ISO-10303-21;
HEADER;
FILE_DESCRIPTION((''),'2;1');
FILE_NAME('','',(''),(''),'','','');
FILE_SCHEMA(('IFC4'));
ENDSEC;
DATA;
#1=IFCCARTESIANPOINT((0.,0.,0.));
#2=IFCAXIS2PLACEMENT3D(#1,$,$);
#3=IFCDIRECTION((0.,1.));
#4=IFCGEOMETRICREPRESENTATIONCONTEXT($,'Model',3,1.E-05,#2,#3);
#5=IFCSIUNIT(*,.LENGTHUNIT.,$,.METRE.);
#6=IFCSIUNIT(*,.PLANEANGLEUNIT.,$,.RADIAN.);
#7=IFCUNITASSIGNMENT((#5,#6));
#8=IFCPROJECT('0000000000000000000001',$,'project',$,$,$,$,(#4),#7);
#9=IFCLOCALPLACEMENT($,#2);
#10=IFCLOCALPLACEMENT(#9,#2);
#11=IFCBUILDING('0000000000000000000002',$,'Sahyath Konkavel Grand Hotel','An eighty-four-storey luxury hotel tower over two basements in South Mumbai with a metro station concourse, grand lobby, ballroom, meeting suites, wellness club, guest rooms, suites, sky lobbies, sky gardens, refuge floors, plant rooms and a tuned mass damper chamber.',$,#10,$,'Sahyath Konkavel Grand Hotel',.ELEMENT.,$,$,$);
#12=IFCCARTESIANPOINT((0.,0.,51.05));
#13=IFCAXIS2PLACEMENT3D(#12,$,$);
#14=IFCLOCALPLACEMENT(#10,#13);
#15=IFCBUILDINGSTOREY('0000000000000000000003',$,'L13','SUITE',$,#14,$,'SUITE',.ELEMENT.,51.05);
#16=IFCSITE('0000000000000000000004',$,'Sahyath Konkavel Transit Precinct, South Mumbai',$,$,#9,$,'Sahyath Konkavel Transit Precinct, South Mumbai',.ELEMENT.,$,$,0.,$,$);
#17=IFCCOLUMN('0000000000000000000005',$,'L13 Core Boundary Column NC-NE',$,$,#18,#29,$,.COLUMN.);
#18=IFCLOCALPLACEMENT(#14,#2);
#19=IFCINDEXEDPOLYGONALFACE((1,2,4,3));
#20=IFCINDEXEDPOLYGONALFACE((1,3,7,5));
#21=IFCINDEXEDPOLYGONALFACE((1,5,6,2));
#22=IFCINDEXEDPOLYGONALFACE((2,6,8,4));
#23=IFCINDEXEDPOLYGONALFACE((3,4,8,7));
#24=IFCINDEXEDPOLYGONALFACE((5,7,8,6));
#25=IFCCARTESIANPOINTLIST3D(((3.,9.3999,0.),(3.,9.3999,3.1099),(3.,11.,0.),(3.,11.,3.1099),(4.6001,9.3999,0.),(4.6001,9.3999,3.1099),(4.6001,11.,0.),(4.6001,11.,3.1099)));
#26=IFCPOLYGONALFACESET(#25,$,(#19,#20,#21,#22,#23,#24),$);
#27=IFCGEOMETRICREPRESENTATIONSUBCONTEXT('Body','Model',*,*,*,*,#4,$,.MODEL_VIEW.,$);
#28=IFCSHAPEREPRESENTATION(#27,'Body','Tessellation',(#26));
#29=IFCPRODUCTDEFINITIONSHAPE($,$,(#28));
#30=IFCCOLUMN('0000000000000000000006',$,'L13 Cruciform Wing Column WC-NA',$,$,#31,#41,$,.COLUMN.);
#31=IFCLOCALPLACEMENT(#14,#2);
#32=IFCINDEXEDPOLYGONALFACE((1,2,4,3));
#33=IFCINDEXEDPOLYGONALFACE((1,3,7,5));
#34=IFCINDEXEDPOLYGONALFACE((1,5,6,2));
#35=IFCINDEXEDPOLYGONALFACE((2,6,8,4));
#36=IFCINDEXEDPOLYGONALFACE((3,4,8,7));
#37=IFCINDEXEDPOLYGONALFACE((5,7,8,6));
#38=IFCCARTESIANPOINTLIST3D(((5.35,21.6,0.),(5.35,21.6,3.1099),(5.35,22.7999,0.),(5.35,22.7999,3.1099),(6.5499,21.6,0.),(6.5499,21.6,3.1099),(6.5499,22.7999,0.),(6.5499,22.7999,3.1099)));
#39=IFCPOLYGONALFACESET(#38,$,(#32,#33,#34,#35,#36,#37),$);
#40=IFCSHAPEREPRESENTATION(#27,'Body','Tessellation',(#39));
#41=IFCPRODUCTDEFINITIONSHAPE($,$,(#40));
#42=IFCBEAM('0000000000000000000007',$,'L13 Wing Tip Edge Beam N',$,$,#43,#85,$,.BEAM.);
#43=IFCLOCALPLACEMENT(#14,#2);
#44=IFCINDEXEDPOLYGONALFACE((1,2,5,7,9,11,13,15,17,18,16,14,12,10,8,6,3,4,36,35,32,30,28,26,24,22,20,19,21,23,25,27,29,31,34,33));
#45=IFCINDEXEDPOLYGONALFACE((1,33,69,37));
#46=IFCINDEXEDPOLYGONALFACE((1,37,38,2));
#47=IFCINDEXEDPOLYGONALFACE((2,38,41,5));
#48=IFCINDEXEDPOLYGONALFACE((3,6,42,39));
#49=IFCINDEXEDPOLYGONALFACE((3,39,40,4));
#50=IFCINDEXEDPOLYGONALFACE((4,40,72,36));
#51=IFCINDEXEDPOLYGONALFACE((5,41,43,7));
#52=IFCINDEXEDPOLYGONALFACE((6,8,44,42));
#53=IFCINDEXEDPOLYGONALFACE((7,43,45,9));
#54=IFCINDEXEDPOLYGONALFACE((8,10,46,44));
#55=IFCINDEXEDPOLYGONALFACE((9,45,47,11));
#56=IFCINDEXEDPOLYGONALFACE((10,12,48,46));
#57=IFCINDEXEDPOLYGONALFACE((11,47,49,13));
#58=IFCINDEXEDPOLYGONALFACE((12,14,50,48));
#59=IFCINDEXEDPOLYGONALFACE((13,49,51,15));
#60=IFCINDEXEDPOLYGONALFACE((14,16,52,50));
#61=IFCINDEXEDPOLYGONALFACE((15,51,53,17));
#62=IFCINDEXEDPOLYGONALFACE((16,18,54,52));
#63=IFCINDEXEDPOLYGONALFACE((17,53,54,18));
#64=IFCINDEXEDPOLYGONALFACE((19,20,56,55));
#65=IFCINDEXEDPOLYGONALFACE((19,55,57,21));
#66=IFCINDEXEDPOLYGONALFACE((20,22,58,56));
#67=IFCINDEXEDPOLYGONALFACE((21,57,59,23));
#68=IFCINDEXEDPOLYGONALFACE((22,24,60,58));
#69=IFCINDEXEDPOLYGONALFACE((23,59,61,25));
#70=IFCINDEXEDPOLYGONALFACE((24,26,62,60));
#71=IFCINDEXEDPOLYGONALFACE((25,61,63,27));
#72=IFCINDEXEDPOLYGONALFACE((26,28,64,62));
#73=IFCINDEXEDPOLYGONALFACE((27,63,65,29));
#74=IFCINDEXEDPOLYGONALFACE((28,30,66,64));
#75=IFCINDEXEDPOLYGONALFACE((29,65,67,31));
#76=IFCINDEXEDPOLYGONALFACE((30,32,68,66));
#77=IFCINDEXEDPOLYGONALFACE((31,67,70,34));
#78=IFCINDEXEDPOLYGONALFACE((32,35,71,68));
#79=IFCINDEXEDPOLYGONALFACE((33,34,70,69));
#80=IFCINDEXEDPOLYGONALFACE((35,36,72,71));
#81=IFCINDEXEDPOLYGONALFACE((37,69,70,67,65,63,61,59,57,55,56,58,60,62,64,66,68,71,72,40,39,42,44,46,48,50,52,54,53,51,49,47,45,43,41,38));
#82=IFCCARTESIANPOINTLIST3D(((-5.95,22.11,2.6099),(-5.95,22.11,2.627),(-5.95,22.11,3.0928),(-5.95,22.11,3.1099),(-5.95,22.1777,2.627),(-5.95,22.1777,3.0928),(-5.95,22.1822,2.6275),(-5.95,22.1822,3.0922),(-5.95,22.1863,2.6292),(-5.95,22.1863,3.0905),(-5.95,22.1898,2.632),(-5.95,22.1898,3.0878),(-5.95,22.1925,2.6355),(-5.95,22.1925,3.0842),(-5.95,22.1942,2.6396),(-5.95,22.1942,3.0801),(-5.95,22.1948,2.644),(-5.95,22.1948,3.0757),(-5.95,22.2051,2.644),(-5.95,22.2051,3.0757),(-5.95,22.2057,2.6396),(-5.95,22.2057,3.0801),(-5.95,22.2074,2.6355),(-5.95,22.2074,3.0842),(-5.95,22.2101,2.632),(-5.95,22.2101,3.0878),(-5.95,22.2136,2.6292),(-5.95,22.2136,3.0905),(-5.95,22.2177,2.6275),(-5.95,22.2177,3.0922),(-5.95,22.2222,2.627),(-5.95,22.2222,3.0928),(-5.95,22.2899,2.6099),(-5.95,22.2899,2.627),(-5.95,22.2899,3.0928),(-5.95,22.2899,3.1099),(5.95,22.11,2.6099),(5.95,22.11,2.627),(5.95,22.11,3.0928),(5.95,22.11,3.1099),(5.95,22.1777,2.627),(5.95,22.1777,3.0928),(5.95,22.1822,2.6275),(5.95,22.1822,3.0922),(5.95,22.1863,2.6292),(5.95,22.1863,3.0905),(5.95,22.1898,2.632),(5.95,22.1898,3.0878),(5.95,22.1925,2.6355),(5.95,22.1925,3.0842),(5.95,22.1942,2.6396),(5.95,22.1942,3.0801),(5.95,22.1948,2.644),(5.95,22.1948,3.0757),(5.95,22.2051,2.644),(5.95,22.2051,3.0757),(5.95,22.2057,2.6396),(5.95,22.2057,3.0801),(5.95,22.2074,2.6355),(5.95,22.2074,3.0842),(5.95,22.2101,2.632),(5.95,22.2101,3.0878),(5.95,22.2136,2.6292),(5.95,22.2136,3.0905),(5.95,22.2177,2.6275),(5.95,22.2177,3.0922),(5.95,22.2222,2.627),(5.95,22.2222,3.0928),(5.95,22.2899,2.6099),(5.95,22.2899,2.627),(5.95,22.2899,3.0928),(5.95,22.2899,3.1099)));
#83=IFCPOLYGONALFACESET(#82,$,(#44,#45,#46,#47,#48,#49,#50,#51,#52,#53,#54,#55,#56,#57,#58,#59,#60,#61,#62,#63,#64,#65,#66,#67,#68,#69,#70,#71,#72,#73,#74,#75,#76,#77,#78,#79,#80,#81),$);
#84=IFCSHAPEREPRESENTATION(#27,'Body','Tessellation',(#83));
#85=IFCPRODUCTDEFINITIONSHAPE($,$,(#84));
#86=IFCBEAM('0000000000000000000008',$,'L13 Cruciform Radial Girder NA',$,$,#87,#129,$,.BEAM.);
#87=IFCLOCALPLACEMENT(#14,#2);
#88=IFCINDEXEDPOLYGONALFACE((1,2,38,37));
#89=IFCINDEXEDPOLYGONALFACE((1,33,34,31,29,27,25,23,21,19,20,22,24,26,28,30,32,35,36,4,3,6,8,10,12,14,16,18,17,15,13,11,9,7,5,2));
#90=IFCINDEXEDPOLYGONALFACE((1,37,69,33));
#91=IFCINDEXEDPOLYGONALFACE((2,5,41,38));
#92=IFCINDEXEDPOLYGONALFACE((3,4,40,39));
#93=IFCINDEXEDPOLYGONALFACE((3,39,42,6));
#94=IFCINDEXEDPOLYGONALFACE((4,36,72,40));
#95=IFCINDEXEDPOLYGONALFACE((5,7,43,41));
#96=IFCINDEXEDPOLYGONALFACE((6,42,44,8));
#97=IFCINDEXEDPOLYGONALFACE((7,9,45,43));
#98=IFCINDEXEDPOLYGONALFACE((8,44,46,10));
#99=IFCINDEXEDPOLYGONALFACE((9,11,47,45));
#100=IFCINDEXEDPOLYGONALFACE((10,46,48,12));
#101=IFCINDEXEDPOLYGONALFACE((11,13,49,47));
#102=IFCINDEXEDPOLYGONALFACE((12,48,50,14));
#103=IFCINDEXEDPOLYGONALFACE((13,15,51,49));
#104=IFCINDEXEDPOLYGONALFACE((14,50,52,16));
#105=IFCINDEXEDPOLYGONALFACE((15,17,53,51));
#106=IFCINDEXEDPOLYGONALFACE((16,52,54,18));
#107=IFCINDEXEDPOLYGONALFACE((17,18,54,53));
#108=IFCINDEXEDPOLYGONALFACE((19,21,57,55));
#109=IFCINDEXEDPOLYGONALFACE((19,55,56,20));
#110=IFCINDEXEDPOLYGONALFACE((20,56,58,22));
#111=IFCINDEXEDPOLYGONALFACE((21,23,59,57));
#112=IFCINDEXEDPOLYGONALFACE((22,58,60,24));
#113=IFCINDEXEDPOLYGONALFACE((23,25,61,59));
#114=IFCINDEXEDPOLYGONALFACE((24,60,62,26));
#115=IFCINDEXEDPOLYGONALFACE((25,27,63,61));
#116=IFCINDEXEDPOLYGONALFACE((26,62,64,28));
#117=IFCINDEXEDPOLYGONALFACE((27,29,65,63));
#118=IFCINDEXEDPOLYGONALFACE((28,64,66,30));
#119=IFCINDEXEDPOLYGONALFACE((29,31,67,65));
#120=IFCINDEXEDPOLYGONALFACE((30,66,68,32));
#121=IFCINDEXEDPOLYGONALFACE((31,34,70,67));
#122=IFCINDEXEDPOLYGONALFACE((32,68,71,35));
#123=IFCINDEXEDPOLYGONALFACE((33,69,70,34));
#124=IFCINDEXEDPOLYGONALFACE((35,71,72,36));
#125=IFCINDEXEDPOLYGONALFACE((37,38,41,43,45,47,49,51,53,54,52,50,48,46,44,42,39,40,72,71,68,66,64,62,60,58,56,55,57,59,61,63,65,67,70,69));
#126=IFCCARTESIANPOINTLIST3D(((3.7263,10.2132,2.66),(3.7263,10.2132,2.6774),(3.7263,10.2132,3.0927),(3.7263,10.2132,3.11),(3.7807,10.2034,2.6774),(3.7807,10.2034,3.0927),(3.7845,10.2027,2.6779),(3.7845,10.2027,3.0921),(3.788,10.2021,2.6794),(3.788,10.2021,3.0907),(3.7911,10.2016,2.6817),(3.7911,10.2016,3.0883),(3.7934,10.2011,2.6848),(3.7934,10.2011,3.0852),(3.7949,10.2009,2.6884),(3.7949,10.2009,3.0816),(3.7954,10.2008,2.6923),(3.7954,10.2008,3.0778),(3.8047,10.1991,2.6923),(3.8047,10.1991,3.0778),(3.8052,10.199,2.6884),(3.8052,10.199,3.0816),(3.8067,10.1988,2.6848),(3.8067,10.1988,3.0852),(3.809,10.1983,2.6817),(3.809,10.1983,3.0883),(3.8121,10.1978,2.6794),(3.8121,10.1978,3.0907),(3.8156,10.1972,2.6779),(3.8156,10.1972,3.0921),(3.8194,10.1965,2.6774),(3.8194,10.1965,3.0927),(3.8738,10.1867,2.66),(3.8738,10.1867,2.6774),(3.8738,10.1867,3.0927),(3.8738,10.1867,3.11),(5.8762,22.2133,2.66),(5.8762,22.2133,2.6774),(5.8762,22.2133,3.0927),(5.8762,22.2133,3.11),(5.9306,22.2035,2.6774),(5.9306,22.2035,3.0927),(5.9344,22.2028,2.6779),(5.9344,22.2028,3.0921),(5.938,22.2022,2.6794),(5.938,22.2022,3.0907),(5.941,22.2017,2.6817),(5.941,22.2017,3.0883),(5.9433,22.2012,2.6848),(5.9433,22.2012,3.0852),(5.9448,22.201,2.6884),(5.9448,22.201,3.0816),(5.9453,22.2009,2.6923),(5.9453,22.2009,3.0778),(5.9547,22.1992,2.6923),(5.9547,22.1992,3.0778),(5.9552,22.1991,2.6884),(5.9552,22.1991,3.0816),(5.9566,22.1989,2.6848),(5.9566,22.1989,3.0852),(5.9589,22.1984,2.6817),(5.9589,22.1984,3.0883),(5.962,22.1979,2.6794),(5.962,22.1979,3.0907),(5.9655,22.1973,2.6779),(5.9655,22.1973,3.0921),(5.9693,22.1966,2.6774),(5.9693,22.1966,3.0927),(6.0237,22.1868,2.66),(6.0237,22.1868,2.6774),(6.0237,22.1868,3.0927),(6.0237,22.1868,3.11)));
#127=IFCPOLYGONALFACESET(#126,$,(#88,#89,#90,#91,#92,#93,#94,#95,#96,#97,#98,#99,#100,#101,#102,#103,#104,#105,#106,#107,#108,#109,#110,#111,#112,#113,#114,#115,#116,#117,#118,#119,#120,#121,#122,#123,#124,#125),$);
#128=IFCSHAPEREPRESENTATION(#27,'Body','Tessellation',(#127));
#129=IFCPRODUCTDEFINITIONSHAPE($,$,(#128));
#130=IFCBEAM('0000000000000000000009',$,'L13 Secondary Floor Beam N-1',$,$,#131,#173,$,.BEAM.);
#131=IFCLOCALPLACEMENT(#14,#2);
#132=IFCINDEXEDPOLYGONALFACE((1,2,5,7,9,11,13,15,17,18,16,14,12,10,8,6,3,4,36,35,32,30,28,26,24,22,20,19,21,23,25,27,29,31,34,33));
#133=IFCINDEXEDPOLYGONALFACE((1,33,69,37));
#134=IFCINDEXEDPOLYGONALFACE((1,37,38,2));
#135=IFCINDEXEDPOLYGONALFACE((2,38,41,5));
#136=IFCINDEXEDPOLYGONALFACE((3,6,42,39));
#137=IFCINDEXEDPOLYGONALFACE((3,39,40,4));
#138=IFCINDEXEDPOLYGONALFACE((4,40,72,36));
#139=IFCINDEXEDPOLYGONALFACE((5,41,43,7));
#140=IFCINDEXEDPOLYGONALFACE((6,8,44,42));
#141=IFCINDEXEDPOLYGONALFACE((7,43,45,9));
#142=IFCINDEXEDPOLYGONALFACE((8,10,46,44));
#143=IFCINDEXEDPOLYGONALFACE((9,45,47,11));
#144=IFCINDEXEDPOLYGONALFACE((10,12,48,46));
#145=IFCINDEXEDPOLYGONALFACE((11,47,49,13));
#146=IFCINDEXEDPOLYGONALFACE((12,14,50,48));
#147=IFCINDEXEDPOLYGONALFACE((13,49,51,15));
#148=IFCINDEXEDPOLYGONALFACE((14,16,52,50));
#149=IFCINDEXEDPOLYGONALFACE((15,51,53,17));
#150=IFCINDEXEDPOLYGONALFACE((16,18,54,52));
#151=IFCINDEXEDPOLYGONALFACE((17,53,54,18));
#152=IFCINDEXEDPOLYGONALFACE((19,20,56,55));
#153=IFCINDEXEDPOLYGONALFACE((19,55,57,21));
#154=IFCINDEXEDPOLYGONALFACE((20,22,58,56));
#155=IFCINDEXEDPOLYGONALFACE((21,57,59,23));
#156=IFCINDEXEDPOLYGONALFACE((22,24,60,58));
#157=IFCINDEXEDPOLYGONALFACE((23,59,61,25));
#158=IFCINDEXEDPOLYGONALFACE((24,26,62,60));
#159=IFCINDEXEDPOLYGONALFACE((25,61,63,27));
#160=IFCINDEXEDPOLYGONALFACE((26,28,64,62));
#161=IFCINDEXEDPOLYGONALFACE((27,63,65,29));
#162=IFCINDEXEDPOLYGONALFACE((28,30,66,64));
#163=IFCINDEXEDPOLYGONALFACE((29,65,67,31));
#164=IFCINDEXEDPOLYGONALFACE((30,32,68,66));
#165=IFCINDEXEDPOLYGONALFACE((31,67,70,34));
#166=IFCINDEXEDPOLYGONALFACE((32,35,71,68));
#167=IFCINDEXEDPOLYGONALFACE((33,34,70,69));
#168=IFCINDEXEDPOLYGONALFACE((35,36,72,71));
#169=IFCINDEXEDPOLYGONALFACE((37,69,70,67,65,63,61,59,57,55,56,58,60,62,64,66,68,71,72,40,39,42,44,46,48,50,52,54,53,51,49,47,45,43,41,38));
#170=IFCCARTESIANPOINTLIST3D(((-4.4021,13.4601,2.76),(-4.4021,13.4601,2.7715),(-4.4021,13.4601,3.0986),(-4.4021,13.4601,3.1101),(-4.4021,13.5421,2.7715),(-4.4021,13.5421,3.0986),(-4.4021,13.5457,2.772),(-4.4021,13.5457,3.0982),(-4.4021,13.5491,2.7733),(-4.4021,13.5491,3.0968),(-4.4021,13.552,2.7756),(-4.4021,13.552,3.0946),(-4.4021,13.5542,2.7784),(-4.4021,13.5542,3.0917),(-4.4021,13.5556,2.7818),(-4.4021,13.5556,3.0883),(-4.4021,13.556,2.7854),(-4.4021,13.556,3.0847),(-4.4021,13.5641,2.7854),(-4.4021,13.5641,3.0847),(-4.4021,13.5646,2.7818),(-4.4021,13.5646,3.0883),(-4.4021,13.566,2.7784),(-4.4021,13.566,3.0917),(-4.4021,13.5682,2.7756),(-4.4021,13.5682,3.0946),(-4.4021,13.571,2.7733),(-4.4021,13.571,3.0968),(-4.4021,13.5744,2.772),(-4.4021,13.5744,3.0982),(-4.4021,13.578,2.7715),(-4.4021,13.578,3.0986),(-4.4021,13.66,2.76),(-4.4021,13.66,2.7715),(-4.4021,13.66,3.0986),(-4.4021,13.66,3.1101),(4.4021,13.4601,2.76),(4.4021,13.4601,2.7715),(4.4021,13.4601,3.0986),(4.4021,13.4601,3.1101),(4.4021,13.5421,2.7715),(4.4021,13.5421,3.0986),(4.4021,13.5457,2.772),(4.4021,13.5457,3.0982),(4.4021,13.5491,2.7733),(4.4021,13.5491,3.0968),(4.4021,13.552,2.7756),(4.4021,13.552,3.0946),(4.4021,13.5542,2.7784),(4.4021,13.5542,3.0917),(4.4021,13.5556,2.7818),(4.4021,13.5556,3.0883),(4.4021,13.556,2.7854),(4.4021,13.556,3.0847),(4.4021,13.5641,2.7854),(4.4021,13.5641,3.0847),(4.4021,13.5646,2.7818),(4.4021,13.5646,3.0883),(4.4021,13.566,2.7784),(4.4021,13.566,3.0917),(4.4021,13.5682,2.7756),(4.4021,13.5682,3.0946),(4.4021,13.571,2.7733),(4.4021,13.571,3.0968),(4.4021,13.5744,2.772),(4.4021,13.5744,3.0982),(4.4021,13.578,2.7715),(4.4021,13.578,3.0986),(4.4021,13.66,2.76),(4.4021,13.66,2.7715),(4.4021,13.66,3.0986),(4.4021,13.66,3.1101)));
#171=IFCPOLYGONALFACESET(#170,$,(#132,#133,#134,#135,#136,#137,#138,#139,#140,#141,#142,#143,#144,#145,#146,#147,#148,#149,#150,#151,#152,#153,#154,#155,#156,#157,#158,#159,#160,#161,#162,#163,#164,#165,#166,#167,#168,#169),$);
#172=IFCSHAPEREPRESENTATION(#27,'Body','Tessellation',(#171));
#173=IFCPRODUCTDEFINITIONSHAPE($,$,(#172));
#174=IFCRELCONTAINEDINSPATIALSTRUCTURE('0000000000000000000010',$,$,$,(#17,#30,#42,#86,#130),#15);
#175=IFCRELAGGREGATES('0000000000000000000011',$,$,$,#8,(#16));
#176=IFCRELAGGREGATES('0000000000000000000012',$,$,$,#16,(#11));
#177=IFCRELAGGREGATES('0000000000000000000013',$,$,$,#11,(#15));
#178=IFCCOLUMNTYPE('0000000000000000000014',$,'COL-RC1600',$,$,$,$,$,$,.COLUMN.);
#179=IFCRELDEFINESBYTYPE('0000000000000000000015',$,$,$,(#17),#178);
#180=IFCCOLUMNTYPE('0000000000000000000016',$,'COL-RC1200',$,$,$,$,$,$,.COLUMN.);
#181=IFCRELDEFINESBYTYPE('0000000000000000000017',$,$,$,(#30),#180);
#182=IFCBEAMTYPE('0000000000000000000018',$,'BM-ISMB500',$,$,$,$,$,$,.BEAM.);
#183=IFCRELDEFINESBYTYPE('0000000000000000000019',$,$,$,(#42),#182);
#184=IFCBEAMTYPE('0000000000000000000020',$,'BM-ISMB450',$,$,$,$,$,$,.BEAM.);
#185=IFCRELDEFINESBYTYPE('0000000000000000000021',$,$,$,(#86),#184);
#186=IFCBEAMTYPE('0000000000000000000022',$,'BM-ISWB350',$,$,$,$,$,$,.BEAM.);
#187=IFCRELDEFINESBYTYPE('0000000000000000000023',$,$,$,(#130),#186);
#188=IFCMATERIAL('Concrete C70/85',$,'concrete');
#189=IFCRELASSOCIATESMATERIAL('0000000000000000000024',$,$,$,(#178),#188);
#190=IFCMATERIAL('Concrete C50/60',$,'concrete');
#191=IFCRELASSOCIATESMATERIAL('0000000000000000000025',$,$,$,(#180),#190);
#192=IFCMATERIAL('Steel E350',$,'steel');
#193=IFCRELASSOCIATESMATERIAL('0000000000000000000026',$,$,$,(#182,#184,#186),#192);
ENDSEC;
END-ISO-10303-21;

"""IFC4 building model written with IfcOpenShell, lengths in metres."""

from ifc_helpers import new_model, si_unit, direction, frame, origin, origin_2d, place, context, subcontext, project, spatial, rectangle, i_section, extrude, source, transform, mapped, material, material_profile, profile_set, type_object, element, save


model = new_model("IFC4")

# Units and contexts
model_context = context("Model", 3, precision=1e-05, world=origin(), true_north=direction((0.0, 1.0)))
body_context = subcontext(model_context, "Body", "Model", "MODEL_VIEW")
ifc_project = project(units=[si_unit("LENGTHUNIT", "METRE"), si_unit("PLANEANGLEUNIT", "RADIAN")], contexts=[model_context])

# Site, building, storey
site_placement = place(None, origin())
site = spatial("IfcSite", under=ifc_project, at=site_placement, Name="Sahyath Konkavel Transit Precinct, South Mumbai", LongName="Sahyath Konkavel Transit Precinct, South Mumbai", CompositionType="ELEMENT", RefElevation=0.0)
building_placement = place(site_placement, origin())
building = spatial("IfcBuilding", under=site, at=building_placement, Name="Sahyath Konkavel Grand Hotel", Description="An eighty-four-storey luxury hotel tower over two basements in South Mumbai with a metro station concourse, grand lobby, ballroom, meeting suites, wellness club, guest rooms, suites, sky lobbies, sky gardens, refuge floors, plant rooms and a tuned mass damper chamber.", LongName="Sahyath Konkavel Grand Hotel", CompositionType="ELEMENT")
storey_placement = place(building_placement, frame((0.0, 0.0, 51.05)))
storey = spatial("IfcBuildingStorey", under=building, at=storey_placement, Name="L13", Description="SUITE", LongName="SUITE", CompositionType="ELEMENT", Elevation=51.05)

# Columns
ifc_material_1 = material(Name="Concrete C70/85", Category="concrete")
ifc_material_profile_1 = material_profile(ifc_material_1, rectangle(XDim=1.6001, YDim=1.6001, at=origin_2d()), Name="RC 1600x1600")
ifc_profile_set_1 = profile_set([ifc_material_profile_1], Name="Concrete C70/85")
column_type_1 = type_object("IfcColumnType", Name="COL-RC1600", PredefinedType="COLUMN", material=ifc_profile_set_1)
shared_shape_1 = source(origin(), body_context, "Body", "SweptSolid", [
    extrude(rectangle(XDim=1.6001, YDim=1.6001, at=origin_2d()), origin(), (0.0, 0.0, 1.0), 3.1099),
])
column_1_placement = place(storey_placement, frame((3.8, 10.2, 0.0), z_axis=(0.0, 0.0, 1.0), x_axis=(1.0, 0.0, 0.0)))
element("IfcColumn", 1, at=column_1_placement, inside=storey, type_object=column_type_1, Name="L13 Core Boundary Column NC-NE", PredefinedType="COLUMN", context=body_context, shape_type="MappedRepresentation", body=[
    mapped(shared_shape_1, transform((0.0, 0.0, 0.0), scale=1.0)),
])
ifc_material_2 = material(Name="Concrete C50/60", Category="concrete")
ifc_material_profile_2 = material_profile(ifc_material_2, rectangle(XDim=1.2, YDim=1.2, at=origin_2d()), Name="RC 1200x1200")
ifc_profile_set_2 = profile_set([ifc_material_profile_2], Name="Concrete C50/60")
column_type_2 = type_object("IfcColumnType", Name="COL-RC1200", PredefinedType="COLUMN", material=ifc_profile_set_2)
shared_shape_2 = source(origin(), body_context, "Body", "SweptSolid", [
    extrude(rectangle(XDim=1.2, YDim=1.2, at=origin_2d()), origin(), (0.0, 0.0, 1.0), 3.1099),
])
column_2_placement = place(storey_placement, frame((5.95, 22.2, 0.0), z_axis=(0.0, 0.0, 1.0), x_axis=(1.0, 0.0, 0.0)))
element("IfcColumn", 2, at=column_2_placement, inside=storey, type_object=column_type_2, Name="L13 Cruciform Wing Column WC-NA", PredefinedType="COLUMN", context=body_context, shape_type="MappedRepresentation", body=[
    mapped(shared_shape_2, transform((0.0, 0.0, 0.0), scale=1.0)),
])

# Beams
ifc_material_3 = material(Name="Steel E350", Category="steel")
ifc_material_profile_3 = material_profile(ifc_material_3, i_section(OverallWidth=0.1799, OverallDepth=0.5, WebThickness=0.0103, FlangeThickness=0.0171, FilletRadius=0.0171, at=origin_2d()), Name="ISMB 500")
ifc_profile_set_3 = profile_set([ifc_material_profile_3], Name="Steel E350")
beam_type_1 = type_object("IfcBeamType", Name="BM-ISMB500", PredefinedType="BEAM", material=ifc_profile_set_3)
shared_shape_3 = source(origin(), body_context, "Body", "SweptSolid", [
    extrude(i_section(OverallWidth=0.1799, OverallDepth=0.5, WebThickness=0.0103, FlangeThickness=0.0171, FilletRadius=0.0171, at=origin_2d()), origin(), (0.0, 0.0, 1.0), 11.8999),
])
beam_1_placement = place(storey_placement, frame((5.95, 22.2, 2.8599), z_axis=(-1.0, 0.0, 0.0), x_axis=(0.0, -1.0, 0.0)))
element("IfcBeam", 3, at=beam_1_placement, inside=storey, type_object=beam_type_1, Name="L13 Wing Tip Edge Beam N", PredefinedType="BEAM", context=body_context, shape_type="MappedRepresentation", body=[
    mapped(shared_shape_3, transform((0.0, 0.0, 0.0), scale=1.0)),
])
ifc_material_profile_4 = material_profile(ifc_material_3, i_section(OverallWidth=0.1499, OverallDepth=0.45, WebThickness=0.0095, FlangeThickness=0.0173, FilletRadius=0.0149, at=origin_2d()), Name="ISMB 450")
ifc_profile_set_4 = profile_set([ifc_material_profile_4], Name="Steel E350")
beam_type_2 = type_object("IfcBeamType", Name="BM-ISMB450", PredefinedType="BEAM", material=ifc_profile_set_4)
shared_shape_4 = source(origin(), body_context, "Body", "SweptSolid", [
    extrude(i_section(OverallWidth=0.1499, OverallDepth=0.45, WebThickness=0.0095, FlangeThickness=0.0173, FilletRadius=0.0149, at=origin_2d()), origin(), (0.0, 0.0, 1.0), 12.1912),
])
beam_2_placement = place(storey_placement, frame((3.8, 10.2, 2.885), z_axis=(0.176351, 0.984327, 0.0), x_axis=(-0.984327, 0.176351, 0.0)))
element("IfcBeam", 4, at=beam_2_placement, inside=storey, type_object=beam_type_2, Name="L13 Cruciform Radial Girder NA", PredefinedType="BEAM", context=body_context, shape_type="MappedRepresentation", body=[
    mapped(shared_shape_4, transform((0.0, 0.0, 0.0), scale=1.0)),
])
ifc_material_profile_5 = material_profile(ifc_material_3, i_section(OverallWidth=0.2, OverallDepth=0.3501, WebThickness=0.0081, FlangeThickness=0.0115, FilletRadius=0.0139, at=origin_2d()), Name="ISWB 350")
ifc_profile_set_5 = profile_set([ifc_material_profile_5], Name="Steel E350")
beam_type_3 = type_object("IfcBeamType", Name="BM-ISWB350", PredefinedType="BEAM", material=ifc_profile_set_5)
shared_shape_5 = source(origin(), body_context, "Body", "SweptSolid", [
    extrude(i_section(OverallWidth=0.2, OverallDepth=0.3501, WebThickness=0.0081, FlangeThickness=0.0115, FilletRadius=0.0139, at=origin_2d()), origin(), (0.0, 0.0, 1.0), 8.8042),
])
beam_3_placement = place(storey_placement, frame((4.4021, 13.5601, 2.9351), z_axis=(-1.0, 0.0, 0.0), x_axis=(0.0, -1.0, 0.0)))
element("IfcBeam", 5, at=beam_3_placement, inside=storey, type_object=beam_type_3, Name="L13 Secondary Floor Beam N-1", PredefinedType="BEAM", context=body_context, shape_type="MappedRepresentation", body=[
    mapped(shared_shape_5, transform((0.0, 0.0, 0.0), scale=1.0)),
])

save(model, "model.ifc")
